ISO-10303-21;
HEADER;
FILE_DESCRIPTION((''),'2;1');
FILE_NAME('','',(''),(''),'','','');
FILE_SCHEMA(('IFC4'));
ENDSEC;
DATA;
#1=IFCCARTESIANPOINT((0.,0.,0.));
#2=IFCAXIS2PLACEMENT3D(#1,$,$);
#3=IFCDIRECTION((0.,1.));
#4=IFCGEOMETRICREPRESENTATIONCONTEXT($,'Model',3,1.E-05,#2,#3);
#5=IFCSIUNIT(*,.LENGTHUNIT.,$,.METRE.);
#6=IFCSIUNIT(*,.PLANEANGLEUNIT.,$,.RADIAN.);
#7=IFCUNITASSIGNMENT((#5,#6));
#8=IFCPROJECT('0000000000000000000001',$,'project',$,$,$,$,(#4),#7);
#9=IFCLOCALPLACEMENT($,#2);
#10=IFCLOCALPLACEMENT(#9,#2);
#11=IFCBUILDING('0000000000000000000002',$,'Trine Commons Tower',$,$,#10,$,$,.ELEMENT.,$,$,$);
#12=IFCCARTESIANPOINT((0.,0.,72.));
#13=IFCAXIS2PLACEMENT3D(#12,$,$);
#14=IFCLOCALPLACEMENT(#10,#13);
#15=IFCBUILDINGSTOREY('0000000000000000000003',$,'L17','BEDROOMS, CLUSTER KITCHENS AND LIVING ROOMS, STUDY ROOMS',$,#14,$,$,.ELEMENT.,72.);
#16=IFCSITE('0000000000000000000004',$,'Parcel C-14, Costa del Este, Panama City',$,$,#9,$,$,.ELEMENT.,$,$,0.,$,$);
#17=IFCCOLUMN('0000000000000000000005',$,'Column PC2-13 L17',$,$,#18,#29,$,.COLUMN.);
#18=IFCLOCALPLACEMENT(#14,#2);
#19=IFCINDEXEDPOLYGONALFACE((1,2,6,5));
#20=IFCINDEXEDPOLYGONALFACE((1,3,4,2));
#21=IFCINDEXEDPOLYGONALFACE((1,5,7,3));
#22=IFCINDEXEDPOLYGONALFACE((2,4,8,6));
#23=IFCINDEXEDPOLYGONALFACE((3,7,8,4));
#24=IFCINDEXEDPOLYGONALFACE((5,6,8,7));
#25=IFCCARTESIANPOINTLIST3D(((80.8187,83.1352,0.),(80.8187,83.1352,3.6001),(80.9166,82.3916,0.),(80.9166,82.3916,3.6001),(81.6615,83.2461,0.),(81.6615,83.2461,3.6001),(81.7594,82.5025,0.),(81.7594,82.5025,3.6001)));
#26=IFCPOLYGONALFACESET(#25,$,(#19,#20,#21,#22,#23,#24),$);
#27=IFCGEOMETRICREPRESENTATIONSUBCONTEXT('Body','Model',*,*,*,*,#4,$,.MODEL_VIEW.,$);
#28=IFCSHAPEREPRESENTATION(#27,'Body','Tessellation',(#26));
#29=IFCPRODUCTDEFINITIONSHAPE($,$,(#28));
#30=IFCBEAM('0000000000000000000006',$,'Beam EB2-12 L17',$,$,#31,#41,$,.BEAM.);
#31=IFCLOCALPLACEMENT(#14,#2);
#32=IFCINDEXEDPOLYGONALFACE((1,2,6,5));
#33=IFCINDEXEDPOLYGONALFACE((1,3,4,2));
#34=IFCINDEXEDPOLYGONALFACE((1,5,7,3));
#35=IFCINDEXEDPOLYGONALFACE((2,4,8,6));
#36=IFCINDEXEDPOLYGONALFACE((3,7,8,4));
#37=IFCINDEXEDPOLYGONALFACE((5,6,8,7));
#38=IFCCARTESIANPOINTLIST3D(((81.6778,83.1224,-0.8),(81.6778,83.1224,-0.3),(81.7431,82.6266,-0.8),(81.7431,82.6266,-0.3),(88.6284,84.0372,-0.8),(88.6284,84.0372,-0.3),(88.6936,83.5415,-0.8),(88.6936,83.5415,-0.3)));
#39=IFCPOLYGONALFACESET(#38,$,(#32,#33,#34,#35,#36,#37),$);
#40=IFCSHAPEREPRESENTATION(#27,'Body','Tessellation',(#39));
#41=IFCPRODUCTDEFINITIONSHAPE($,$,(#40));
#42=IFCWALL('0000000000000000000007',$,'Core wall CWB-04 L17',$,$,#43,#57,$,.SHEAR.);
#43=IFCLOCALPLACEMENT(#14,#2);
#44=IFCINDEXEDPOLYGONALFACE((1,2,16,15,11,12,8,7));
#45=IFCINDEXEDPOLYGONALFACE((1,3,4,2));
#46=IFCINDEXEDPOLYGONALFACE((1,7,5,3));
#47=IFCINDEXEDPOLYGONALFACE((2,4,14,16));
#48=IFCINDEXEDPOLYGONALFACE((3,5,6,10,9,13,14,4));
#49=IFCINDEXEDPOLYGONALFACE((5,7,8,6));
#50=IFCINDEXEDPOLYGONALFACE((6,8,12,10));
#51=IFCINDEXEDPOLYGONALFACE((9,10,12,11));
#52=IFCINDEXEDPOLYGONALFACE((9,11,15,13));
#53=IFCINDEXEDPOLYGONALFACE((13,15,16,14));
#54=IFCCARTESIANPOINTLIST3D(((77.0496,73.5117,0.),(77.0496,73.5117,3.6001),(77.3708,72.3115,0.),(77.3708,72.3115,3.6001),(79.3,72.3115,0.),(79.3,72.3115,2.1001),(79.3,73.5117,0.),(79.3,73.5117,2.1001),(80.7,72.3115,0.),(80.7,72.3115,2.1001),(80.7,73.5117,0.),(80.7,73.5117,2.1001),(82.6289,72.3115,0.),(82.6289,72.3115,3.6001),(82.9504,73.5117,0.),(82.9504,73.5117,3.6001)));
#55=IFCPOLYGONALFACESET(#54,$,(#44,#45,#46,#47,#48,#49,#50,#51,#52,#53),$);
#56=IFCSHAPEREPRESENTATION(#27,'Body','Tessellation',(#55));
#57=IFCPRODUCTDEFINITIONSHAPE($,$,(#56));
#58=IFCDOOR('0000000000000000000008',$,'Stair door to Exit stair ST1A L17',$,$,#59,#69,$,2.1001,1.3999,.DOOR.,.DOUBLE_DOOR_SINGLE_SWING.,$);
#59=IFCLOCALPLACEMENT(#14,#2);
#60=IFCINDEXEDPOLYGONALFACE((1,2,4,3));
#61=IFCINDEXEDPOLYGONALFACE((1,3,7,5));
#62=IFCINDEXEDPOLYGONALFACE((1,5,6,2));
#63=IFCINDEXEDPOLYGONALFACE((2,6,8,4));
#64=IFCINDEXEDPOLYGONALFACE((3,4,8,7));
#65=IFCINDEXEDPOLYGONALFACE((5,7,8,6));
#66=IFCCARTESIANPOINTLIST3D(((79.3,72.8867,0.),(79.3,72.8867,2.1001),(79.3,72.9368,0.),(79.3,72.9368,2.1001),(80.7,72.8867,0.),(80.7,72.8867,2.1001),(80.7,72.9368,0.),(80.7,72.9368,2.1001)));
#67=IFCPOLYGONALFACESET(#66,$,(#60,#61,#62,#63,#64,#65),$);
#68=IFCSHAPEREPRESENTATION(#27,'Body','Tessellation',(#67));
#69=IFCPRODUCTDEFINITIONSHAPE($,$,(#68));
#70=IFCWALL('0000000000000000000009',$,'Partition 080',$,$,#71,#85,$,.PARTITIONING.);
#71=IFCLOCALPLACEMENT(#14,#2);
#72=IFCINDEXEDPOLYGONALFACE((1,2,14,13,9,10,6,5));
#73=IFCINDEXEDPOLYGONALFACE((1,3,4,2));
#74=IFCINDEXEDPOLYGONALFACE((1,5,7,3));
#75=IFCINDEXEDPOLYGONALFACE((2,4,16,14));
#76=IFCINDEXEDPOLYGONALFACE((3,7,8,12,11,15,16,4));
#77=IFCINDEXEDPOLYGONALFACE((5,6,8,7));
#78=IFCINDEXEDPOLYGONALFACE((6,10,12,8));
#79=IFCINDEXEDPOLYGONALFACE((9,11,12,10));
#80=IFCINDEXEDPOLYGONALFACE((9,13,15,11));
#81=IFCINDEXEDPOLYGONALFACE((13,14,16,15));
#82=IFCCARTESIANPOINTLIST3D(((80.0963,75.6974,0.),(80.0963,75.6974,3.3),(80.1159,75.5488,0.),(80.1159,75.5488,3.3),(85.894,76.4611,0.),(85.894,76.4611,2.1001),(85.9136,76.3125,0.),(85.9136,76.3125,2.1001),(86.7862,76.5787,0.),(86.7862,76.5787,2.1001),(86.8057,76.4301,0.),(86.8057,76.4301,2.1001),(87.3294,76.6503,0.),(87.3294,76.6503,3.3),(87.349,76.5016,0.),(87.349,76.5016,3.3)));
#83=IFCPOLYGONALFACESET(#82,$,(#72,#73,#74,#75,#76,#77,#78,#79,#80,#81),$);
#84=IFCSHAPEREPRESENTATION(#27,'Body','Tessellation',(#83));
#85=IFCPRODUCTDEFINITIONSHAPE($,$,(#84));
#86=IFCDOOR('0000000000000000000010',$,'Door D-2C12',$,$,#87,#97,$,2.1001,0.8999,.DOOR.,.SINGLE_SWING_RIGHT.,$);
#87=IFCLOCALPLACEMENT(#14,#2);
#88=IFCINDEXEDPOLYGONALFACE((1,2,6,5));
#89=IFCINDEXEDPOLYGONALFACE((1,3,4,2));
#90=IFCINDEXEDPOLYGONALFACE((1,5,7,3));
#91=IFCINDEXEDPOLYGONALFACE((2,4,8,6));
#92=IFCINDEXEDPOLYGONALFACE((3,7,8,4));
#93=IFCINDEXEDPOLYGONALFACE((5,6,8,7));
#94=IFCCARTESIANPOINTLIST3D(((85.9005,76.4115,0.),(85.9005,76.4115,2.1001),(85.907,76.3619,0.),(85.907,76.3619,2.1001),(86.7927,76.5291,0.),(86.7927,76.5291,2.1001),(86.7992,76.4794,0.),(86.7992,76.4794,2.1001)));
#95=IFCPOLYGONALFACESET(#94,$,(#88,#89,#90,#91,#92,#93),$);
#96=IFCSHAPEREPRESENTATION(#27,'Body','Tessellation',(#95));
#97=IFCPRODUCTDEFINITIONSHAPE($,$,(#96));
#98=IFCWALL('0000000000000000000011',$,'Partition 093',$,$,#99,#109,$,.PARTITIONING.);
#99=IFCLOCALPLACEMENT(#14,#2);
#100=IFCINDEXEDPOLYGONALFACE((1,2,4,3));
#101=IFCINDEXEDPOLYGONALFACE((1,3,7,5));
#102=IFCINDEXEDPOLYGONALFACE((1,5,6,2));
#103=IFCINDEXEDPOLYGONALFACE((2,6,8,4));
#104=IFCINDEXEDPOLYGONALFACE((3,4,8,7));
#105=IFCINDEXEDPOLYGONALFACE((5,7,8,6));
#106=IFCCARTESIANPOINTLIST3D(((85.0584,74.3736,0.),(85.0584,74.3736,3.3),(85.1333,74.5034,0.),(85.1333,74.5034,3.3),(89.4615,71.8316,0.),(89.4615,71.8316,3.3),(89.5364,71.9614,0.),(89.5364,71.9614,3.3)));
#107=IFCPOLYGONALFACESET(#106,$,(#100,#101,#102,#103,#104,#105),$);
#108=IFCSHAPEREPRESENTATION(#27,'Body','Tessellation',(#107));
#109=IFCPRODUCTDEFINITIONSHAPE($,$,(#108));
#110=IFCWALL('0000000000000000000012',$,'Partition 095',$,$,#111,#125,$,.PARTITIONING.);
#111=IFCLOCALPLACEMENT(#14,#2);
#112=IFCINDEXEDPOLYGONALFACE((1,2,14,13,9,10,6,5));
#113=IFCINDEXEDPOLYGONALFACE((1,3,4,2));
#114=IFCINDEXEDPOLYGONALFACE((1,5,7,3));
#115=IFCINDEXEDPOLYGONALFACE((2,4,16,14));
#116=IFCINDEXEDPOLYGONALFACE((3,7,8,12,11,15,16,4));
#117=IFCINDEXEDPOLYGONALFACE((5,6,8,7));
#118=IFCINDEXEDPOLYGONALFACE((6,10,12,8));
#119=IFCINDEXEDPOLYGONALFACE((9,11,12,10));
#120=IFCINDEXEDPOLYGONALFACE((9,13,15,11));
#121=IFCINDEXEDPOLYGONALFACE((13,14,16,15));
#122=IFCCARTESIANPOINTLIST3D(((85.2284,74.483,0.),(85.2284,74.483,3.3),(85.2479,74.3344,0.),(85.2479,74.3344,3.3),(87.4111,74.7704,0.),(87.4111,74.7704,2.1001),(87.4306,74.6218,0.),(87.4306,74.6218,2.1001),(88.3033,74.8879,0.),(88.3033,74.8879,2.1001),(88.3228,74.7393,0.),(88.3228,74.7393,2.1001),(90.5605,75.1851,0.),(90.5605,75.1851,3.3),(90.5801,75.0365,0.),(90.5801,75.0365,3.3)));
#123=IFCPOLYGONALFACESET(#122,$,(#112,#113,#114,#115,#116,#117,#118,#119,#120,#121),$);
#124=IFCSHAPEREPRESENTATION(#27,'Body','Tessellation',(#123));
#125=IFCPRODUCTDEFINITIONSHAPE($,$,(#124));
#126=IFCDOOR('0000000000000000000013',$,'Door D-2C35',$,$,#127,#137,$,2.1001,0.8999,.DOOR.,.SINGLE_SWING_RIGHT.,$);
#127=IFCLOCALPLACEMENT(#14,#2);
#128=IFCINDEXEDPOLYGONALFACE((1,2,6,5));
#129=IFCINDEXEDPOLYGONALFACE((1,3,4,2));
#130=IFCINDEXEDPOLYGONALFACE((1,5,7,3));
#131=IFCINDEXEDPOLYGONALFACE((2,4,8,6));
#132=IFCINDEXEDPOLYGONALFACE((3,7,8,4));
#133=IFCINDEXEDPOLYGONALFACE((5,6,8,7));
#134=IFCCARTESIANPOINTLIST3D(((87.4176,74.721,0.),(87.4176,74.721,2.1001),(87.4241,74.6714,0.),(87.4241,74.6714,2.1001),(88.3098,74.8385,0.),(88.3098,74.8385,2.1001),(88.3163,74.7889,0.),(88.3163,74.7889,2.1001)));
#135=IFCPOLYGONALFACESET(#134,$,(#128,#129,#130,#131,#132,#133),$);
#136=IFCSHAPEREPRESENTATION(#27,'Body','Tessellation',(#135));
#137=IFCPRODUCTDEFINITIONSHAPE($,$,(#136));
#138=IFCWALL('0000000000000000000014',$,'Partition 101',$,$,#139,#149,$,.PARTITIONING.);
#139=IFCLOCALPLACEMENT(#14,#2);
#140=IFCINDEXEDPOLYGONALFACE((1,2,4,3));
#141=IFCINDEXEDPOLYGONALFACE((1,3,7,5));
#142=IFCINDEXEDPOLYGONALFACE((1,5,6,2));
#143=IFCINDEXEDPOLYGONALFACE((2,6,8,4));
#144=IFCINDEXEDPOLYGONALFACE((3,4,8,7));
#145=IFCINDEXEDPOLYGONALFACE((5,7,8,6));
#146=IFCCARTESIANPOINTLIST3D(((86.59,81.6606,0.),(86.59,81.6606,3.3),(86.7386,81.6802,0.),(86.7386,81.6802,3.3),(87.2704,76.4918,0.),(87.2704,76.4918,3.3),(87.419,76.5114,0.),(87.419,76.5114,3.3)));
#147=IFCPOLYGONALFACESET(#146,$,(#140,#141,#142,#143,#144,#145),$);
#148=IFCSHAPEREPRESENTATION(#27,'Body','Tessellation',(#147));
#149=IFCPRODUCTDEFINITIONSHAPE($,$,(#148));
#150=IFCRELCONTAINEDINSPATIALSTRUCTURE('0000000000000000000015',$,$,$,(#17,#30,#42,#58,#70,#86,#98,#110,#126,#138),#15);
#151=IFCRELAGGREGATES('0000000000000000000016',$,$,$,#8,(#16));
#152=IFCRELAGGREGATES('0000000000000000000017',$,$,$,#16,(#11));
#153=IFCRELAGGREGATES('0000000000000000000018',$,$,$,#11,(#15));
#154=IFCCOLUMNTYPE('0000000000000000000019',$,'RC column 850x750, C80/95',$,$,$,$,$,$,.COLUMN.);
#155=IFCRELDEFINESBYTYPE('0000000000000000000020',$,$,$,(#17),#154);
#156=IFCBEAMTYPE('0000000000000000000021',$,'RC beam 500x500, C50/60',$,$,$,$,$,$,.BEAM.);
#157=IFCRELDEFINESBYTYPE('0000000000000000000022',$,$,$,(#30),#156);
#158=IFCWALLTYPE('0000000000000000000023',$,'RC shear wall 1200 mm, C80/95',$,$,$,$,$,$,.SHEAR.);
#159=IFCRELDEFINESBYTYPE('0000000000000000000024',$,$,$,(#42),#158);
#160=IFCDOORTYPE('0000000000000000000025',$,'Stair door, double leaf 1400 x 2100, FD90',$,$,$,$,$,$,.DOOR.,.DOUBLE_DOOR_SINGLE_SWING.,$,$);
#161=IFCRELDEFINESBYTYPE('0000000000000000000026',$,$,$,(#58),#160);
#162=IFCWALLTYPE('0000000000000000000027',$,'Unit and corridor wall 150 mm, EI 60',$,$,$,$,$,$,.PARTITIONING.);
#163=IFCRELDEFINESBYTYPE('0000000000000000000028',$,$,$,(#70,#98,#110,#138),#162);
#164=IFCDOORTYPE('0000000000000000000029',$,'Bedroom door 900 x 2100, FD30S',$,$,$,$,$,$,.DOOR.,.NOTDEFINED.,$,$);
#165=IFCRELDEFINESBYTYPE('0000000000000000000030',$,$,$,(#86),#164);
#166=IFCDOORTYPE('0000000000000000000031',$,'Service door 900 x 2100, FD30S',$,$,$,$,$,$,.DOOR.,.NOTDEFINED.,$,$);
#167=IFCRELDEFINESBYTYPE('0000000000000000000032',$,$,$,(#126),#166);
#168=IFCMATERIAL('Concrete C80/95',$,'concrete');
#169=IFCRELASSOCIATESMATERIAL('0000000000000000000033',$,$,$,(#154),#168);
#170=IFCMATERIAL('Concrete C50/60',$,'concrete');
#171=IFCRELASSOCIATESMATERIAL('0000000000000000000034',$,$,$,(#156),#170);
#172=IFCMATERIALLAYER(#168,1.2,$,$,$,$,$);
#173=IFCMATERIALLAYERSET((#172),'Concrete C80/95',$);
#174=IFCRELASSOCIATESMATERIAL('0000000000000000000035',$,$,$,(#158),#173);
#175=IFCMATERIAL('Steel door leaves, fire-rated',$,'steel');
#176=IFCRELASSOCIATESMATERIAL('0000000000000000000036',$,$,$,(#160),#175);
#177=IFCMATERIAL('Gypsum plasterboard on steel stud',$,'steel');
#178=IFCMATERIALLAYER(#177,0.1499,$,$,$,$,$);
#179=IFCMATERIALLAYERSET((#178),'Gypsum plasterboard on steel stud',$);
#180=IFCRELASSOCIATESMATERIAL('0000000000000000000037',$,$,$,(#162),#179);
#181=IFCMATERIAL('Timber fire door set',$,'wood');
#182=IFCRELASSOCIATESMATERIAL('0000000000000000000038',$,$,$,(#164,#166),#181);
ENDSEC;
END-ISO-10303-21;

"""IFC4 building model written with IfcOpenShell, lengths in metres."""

from ifc_helpers import new_model, si_unit, direction, frame, frame_2d, origin, origin_2d, place, context, subcontext, project, spatial, polyline, rectangle, outline, extrude, material, layer, layer_set, material_profile, profile_set, type_object, element, fill, save


model = new_model("IFC4")

# Units and contexts
model_context = context("Model", 3, precision=1e-05, world=origin(), true_north=direction((0.0, 1.0)))
body_context = subcontext(model_context, "Body", "Model", "MODEL_VIEW")
ifc_project = project(units=[si_unit("LENGTHUNIT", "METRE"), si_unit("PLANEANGLEUNIT", "RADIAN")], contexts=[model_context])

# Site, building, storey
site_placement = place(None, origin())
site = spatial("IfcSite", under=ifc_project, at=site_placement, Name="Parcel C-14, Costa del Este, Panama City", CompositionType="ELEMENT", RefElevation=0.0)
building_placement = place(site_placement, origin())
building = spatial("IfcBuilding", under=site, at=building_placement, Name="Trine Commons Tower", CompositionType="ELEMENT")
storey_placement = place(building_placement, frame((0.0, 0.0, 72.0)))
storey = spatial("IfcBuildingStorey", under=building, at=storey_placement, Name="L17", Description="BEDROOMS, CLUSTER KITCHENS AND LIVING ROOMS, STUDY ROOMS", CompositionType="ELEMENT", Elevation=72.0)

# Column
ifc_material_1 = material(Name="Concrete C80/95", Category="concrete")
ifc_material_profile_1 = material_profile(ifc_material_1, rectangle(XDim=0.8501, YDim=0.75, at=origin_2d()), Name="RC 850x750")
ifc_profile_set_1 = profile_set([ifc_material_profile_1], Name="Concrete C80/95")
column_type = type_object("IfcColumnType", Name="RC column 850x750, C80/95", PredefinedType="COLUMN", material=ifc_profile_set_1)
column_placement = place(storey_placement, frame((81.2891, 82.8188, 0.0), z_axis=(0.0, 0.0, 1.0), x_axis=(0.991445, 0.130526, 0.0)))
element("IfcColumn", 1, at=column_placement, inside=storey, type_object=column_type, Name="Column PC2-13 L17", PredefinedType="COLUMN", context=body_context, shape_type="SweptSolid", body=[
    extrude(rectangle(XDim=0.8501, YDim=0.75, at=origin_2d()), origin(), (0.0, 0.0, 1.0), 3.6001),
])

# Beam
ifc_material_2 = material(Name="Concrete C50/60", Category="concrete")
ifc_material_profile_2 = material_profile(ifc_material_2, rectangle(XDim=0.5, YDim=0.5, at=origin_2d()), Name="RC 500x500")
ifc_profile_set_2 = profile_set([ifc_material_profile_2], Name="Concrete C50/60")
beam_type = type_object("IfcBeamType", Name="RC beam 500x500, C50/60", PredefinedType="BEAM", material=ifc_profile_set_2)
beam_placement = place(storey_placement, frame((81.7104, 82.8745, -0.55), z_axis=(0.991449, 0.130491, 0.0), x_axis=(-0.130491, 0.991449, 0.0)))
element("IfcBeam", 2, at=beam_placement, inside=storey, type_object=beam_type, Name="Beam EB2-12 L17", PredefinedType="BEAM", context=body_context, shape_type="SweptSolid", body=[
    extrude(rectangle(XDim=0.5, YDim=0.5, at=origin_2d()), origin(), (0.0, 0.0, 1.0), 7.0105),
])

# Walls, openings, doors
ifc_layer_1 = layer(ifc_material_1, 1.2)
ifc_layer_set_1 = layer_set([ifc_layer_1], Name="Concrete C80/95")
wall_type_1 = type_object("IfcWallType", Name="RC shear wall 1200 mm, C80/95", PredefinedType="SHEAR", material=ifc_layer_set_1)
wall_1_placement = place(storey_placement, frame((82.9504, 72.9116, 0.0), z_axis=(0.0, 0.0, 1.0), x_axis=(-1.0, 0.0, 0.0)))
wall_1 = element("IfcWall", 3, at=wall_1_placement, inside=storey, type_object=wall_type_1, Name="Core wall CWB-04 L17", PredefinedType="SHEAR", context=body_context, shape_type="SweptSolid", body=[
    extrude(outline(polyline([(0.0, -0.6001), (5.9009, -0.6001), (5.5796, 0.6001), (0.3215, 0.6001), (0.0, -0.6001)])), origin(), (0.0, 0.0, 1.0), 3.6001),
])
opening_1_placement = place(wall_1_placement, frame((2.2505, 0.0, 0.0)))
opening_1 = element("IfcOpeningElement", 4, at=opening_1_placement, cuts=wall_1, PredefinedType="OPENING", context=body_context, shape_type="SweptSolid", body=[
    extrude(rectangle(XDim=1.3999, YDim=2.1001, at=frame_2d((0.7, 1.05))), frame((0.0, 0.6099, 0.0), z_axis=(0.0, -1.0, 0.0), x_axis=(1.0, 0.0, 0.0)), (0.0, 0.0, 1.0), 1.22),
])
ifc_material_3 = material(Name="Steel door leaves, fire-rated", Category="steel")
door_type_1 = type_object("IfcDoorType", Name="Stair door, double leaf 1400 x 2100, FD90", OperationType="DOUBLE_DOOR_SINGLE_SWING", PredefinedType="DOOR", material=ifc_material_3)
door_1_placement = place(opening_1_placement, origin())
door_1 = element("IfcDoor", 5, at=door_1_placement, inside=storey, type_object=door_type_1, Name="Stair door to Exit stair ST1A L17", OperationType="DOUBLE_DOOR_SINGLE_SWING", OverallHeight=2.1001, OverallWidth=1.3999, PredefinedType="DOOR", context=body_context, shape_type="SweptSolid", body=[
    extrude(rectangle(XDim=1.3999, YDim=2.1001, at=frame_2d((0.7, 1.05))), frame((0.0, 0.0249, 0.0), z_axis=(0.0, -1.0, 0.0), x_axis=(1.0, 0.0, 0.0)), (0.0, 0.0, 1.0), 0.05),
])
fill(opening_1, door_1)
ifc_material_4 = material(Name="Gypsum plasterboard on steel stud", Category="steel")
ifc_layer_2 = layer(ifc_material_4, 0.1499)
ifc_layer_set_2 = layer_set([ifc_layer_2], Name="Gypsum plasterboard on steel stud")
wall_type_2 = type_object("IfcWallType", Name="Unit and corridor wall 150 mm, EI 60", PredefinedType="PARTITIONING", material=ifc_layer_set_2)
wall_2_placement = place(storey_placement, frame((80.106, 75.623, 0.0), z_axis=(0.0, 0.0, 1.0), x_axis=(0.991434, 0.130609, 0.0)))
wall_2 = element("IfcWall", 6, at=wall_2_placement, inside=storey, type_object=wall_type_2, Name="Partition 080", PredefinedType="PARTITIONING", context=body_context, shape_type="SweptSolid", body=[
    extrude(rectangle(XDim=7.2957, YDim=0.1499, at=frame_2d((3.6479, 0.0))), origin(), (0.0, 0.0, 1.0), 3.3),
])
opening_2_placement = place(wall_2_placement, frame((5.8479, 0.0, 0.0)))
opening_2 = element("IfcOpeningElement", 7, at=opening_2_placement, cuts=wall_2, PredefinedType="OPENING", context=body_context, shape_type="SweptSolid", body=[
    extrude(rectangle(XDim=0.8999, YDim=2.1001, at=frame_2d((0.45, 1.05))), frame((0.0, 0.085, 0.0), z_axis=(0.0, -1.0, 0.0), x_axis=(1.0, 0.0, 0.0)), (0.0, 0.0, 1.0), 0.1699),
])
ifc_material_5 = material(Name="Timber fire door set", Category="wood")
door_type_2 = type_object("IfcDoorType", Name="Bedroom door 900 x 2100, FD30S", OperationType="NOTDEFINED", PredefinedType="DOOR", material=ifc_material_5)
door_2_placement = place(opening_2_placement, origin())
door_2 = element("IfcDoor", 8, at=door_2_placement, inside=storey, type_object=door_type_2, Name="Door D-2C12", OperationType="SINGLE_SWING_RIGHT", OverallHeight=2.1001, OverallWidth=0.8999, PredefinedType="DOOR", context=body_context, shape_type="SweptSolid", body=[
    extrude(rectangle(XDim=0.8999, YDim=2.1001, at=frame_2d((0.45, 1.05))), frame((0.0, 0.0249, 0.0), z_axis=(0.0, -1.0, 0.0), x_axis=(1.0, 0.0, 0.0)), (0.0, 0.0, 1.0), 0.05),
])
fill(opening_2, door_2)

# Wall
wall_3_placement = place(storey_placement, frame((85.0959, 74.4385, 0.0), z_axis=(0.0, 0.0, 1.0), x_axis=(0.866036, -0.499982, 0.0)))
element("IfcWall", 9, at=wall_3_placement, inside=storey, type_object=wall_type_2, Name="Partition 093", PredefinedType="PARTITIONING", context=body_context, shape_type="SweptSolid", body=[
    extrude(rectangle(XDim=5.0842, YDim=0.1499, at=frame_2d((2.542, 0.0))), origin(), (0.0, 0.0, 1.0), 3.3),
])

# Wall, opening, door
wall_4_placement = place(storey_placement, frame((85.2383, 74.4087, 0.0), z_axis=(0.0, 0.0, 1.0), x_axis=(0.991441, 0.130558, 0.0)))
wall_4 = element("IfcWall", 10, at=wall_4_placement, inside=storey, type_object=wall_type_2, Name="Partition 095", PredefinedType="PARTITIONING", context=body_context, shape_type="SweptSolid", body=[
    extrude(rectangle(XDim=5.3782, YDim=0.1499, at=frame_2d((2.689, 0.0))), origin(), (0.0, 0.0, 1.0), 3.3),
])
opening_3_placement = place(wall_4_placement, frame((2.2014, 0.0, 0.0)))
opening_3 = element("IfcOpeningElement", 11, at=opening_3_placement, cuts=wall_4, PredefinedType="OPENING", context=body_context, shape_type="SweptSolid", body=[
    extrude(rectangle(XDim=0.8999, YDim=2.1001, at=frame_2d((0.45, 1.05))), frame((0.0, 0.085, 0.0), z_axis=(0.0, -1.0, 0.0), x_axis=(1.0, 0.0, 0.0)), (0.0, 0.0, 1.0), 0.1699),
])
door_type_3 = type_object("IfcDoorType", Name="Service door 900 x 2100, FD30S", OperationType="NOTDEFINED", PredefinedType="DOOR", material=ifc_material_5)
door_3_placement = place(opening_3_placement, frame((0.8999, 0.0, 0.0), z_axis=(0.0, 0.0, 1.0), x_axis=(-1.0, 0.0, 0.0)))
door_3 = element("IfcDoor", 12, at=door_3_placement, inside=storey, type_object=door_type_3, Name="Door D-2C35", OperationType="SINGLE_SWING_RIGHT", OverallHeight=2.1001, OverallWidth=0.8999, PredefinedType="DOOR", context=body_context, shape_type="SweptSolid", body=[
    extrude(rectangle(XDim=0.8999, YDim=2.1001, at=frame_2d((0.45, 1.05))), frame((0.0, 0.0249, 0.0), z_axis=(0.0, -1.0, 0.0), x_axis=(1.0, 0.0, 0.0)), (0.0, 0.0, 1.0), 0.05),
])
fill(opening_3, door_3)

# Wall
wall_5_placement = place(storey_placement, frame((86.6643, 81.6704, 0.0), z_axis=(0.0, 0.0, 1.0), x_axis=(0.130516, -0.991446, 0.0)))
element("IfcWall", 13, at=wall_5_placement, inside=storey, type_object=wall_type_2, Name="Partition 101", PredefinedType="PARTITIONING", context=body_context, shape_type="SweptSolid", body=[
    extrude(rectangle(XDim=5.2134, YDim=0.1499, at=frame_2d((2.6067, 0.0))), origin(), (0.0, 0.0, 1.0), 3.3),
])

save(model, "model.ifc")
